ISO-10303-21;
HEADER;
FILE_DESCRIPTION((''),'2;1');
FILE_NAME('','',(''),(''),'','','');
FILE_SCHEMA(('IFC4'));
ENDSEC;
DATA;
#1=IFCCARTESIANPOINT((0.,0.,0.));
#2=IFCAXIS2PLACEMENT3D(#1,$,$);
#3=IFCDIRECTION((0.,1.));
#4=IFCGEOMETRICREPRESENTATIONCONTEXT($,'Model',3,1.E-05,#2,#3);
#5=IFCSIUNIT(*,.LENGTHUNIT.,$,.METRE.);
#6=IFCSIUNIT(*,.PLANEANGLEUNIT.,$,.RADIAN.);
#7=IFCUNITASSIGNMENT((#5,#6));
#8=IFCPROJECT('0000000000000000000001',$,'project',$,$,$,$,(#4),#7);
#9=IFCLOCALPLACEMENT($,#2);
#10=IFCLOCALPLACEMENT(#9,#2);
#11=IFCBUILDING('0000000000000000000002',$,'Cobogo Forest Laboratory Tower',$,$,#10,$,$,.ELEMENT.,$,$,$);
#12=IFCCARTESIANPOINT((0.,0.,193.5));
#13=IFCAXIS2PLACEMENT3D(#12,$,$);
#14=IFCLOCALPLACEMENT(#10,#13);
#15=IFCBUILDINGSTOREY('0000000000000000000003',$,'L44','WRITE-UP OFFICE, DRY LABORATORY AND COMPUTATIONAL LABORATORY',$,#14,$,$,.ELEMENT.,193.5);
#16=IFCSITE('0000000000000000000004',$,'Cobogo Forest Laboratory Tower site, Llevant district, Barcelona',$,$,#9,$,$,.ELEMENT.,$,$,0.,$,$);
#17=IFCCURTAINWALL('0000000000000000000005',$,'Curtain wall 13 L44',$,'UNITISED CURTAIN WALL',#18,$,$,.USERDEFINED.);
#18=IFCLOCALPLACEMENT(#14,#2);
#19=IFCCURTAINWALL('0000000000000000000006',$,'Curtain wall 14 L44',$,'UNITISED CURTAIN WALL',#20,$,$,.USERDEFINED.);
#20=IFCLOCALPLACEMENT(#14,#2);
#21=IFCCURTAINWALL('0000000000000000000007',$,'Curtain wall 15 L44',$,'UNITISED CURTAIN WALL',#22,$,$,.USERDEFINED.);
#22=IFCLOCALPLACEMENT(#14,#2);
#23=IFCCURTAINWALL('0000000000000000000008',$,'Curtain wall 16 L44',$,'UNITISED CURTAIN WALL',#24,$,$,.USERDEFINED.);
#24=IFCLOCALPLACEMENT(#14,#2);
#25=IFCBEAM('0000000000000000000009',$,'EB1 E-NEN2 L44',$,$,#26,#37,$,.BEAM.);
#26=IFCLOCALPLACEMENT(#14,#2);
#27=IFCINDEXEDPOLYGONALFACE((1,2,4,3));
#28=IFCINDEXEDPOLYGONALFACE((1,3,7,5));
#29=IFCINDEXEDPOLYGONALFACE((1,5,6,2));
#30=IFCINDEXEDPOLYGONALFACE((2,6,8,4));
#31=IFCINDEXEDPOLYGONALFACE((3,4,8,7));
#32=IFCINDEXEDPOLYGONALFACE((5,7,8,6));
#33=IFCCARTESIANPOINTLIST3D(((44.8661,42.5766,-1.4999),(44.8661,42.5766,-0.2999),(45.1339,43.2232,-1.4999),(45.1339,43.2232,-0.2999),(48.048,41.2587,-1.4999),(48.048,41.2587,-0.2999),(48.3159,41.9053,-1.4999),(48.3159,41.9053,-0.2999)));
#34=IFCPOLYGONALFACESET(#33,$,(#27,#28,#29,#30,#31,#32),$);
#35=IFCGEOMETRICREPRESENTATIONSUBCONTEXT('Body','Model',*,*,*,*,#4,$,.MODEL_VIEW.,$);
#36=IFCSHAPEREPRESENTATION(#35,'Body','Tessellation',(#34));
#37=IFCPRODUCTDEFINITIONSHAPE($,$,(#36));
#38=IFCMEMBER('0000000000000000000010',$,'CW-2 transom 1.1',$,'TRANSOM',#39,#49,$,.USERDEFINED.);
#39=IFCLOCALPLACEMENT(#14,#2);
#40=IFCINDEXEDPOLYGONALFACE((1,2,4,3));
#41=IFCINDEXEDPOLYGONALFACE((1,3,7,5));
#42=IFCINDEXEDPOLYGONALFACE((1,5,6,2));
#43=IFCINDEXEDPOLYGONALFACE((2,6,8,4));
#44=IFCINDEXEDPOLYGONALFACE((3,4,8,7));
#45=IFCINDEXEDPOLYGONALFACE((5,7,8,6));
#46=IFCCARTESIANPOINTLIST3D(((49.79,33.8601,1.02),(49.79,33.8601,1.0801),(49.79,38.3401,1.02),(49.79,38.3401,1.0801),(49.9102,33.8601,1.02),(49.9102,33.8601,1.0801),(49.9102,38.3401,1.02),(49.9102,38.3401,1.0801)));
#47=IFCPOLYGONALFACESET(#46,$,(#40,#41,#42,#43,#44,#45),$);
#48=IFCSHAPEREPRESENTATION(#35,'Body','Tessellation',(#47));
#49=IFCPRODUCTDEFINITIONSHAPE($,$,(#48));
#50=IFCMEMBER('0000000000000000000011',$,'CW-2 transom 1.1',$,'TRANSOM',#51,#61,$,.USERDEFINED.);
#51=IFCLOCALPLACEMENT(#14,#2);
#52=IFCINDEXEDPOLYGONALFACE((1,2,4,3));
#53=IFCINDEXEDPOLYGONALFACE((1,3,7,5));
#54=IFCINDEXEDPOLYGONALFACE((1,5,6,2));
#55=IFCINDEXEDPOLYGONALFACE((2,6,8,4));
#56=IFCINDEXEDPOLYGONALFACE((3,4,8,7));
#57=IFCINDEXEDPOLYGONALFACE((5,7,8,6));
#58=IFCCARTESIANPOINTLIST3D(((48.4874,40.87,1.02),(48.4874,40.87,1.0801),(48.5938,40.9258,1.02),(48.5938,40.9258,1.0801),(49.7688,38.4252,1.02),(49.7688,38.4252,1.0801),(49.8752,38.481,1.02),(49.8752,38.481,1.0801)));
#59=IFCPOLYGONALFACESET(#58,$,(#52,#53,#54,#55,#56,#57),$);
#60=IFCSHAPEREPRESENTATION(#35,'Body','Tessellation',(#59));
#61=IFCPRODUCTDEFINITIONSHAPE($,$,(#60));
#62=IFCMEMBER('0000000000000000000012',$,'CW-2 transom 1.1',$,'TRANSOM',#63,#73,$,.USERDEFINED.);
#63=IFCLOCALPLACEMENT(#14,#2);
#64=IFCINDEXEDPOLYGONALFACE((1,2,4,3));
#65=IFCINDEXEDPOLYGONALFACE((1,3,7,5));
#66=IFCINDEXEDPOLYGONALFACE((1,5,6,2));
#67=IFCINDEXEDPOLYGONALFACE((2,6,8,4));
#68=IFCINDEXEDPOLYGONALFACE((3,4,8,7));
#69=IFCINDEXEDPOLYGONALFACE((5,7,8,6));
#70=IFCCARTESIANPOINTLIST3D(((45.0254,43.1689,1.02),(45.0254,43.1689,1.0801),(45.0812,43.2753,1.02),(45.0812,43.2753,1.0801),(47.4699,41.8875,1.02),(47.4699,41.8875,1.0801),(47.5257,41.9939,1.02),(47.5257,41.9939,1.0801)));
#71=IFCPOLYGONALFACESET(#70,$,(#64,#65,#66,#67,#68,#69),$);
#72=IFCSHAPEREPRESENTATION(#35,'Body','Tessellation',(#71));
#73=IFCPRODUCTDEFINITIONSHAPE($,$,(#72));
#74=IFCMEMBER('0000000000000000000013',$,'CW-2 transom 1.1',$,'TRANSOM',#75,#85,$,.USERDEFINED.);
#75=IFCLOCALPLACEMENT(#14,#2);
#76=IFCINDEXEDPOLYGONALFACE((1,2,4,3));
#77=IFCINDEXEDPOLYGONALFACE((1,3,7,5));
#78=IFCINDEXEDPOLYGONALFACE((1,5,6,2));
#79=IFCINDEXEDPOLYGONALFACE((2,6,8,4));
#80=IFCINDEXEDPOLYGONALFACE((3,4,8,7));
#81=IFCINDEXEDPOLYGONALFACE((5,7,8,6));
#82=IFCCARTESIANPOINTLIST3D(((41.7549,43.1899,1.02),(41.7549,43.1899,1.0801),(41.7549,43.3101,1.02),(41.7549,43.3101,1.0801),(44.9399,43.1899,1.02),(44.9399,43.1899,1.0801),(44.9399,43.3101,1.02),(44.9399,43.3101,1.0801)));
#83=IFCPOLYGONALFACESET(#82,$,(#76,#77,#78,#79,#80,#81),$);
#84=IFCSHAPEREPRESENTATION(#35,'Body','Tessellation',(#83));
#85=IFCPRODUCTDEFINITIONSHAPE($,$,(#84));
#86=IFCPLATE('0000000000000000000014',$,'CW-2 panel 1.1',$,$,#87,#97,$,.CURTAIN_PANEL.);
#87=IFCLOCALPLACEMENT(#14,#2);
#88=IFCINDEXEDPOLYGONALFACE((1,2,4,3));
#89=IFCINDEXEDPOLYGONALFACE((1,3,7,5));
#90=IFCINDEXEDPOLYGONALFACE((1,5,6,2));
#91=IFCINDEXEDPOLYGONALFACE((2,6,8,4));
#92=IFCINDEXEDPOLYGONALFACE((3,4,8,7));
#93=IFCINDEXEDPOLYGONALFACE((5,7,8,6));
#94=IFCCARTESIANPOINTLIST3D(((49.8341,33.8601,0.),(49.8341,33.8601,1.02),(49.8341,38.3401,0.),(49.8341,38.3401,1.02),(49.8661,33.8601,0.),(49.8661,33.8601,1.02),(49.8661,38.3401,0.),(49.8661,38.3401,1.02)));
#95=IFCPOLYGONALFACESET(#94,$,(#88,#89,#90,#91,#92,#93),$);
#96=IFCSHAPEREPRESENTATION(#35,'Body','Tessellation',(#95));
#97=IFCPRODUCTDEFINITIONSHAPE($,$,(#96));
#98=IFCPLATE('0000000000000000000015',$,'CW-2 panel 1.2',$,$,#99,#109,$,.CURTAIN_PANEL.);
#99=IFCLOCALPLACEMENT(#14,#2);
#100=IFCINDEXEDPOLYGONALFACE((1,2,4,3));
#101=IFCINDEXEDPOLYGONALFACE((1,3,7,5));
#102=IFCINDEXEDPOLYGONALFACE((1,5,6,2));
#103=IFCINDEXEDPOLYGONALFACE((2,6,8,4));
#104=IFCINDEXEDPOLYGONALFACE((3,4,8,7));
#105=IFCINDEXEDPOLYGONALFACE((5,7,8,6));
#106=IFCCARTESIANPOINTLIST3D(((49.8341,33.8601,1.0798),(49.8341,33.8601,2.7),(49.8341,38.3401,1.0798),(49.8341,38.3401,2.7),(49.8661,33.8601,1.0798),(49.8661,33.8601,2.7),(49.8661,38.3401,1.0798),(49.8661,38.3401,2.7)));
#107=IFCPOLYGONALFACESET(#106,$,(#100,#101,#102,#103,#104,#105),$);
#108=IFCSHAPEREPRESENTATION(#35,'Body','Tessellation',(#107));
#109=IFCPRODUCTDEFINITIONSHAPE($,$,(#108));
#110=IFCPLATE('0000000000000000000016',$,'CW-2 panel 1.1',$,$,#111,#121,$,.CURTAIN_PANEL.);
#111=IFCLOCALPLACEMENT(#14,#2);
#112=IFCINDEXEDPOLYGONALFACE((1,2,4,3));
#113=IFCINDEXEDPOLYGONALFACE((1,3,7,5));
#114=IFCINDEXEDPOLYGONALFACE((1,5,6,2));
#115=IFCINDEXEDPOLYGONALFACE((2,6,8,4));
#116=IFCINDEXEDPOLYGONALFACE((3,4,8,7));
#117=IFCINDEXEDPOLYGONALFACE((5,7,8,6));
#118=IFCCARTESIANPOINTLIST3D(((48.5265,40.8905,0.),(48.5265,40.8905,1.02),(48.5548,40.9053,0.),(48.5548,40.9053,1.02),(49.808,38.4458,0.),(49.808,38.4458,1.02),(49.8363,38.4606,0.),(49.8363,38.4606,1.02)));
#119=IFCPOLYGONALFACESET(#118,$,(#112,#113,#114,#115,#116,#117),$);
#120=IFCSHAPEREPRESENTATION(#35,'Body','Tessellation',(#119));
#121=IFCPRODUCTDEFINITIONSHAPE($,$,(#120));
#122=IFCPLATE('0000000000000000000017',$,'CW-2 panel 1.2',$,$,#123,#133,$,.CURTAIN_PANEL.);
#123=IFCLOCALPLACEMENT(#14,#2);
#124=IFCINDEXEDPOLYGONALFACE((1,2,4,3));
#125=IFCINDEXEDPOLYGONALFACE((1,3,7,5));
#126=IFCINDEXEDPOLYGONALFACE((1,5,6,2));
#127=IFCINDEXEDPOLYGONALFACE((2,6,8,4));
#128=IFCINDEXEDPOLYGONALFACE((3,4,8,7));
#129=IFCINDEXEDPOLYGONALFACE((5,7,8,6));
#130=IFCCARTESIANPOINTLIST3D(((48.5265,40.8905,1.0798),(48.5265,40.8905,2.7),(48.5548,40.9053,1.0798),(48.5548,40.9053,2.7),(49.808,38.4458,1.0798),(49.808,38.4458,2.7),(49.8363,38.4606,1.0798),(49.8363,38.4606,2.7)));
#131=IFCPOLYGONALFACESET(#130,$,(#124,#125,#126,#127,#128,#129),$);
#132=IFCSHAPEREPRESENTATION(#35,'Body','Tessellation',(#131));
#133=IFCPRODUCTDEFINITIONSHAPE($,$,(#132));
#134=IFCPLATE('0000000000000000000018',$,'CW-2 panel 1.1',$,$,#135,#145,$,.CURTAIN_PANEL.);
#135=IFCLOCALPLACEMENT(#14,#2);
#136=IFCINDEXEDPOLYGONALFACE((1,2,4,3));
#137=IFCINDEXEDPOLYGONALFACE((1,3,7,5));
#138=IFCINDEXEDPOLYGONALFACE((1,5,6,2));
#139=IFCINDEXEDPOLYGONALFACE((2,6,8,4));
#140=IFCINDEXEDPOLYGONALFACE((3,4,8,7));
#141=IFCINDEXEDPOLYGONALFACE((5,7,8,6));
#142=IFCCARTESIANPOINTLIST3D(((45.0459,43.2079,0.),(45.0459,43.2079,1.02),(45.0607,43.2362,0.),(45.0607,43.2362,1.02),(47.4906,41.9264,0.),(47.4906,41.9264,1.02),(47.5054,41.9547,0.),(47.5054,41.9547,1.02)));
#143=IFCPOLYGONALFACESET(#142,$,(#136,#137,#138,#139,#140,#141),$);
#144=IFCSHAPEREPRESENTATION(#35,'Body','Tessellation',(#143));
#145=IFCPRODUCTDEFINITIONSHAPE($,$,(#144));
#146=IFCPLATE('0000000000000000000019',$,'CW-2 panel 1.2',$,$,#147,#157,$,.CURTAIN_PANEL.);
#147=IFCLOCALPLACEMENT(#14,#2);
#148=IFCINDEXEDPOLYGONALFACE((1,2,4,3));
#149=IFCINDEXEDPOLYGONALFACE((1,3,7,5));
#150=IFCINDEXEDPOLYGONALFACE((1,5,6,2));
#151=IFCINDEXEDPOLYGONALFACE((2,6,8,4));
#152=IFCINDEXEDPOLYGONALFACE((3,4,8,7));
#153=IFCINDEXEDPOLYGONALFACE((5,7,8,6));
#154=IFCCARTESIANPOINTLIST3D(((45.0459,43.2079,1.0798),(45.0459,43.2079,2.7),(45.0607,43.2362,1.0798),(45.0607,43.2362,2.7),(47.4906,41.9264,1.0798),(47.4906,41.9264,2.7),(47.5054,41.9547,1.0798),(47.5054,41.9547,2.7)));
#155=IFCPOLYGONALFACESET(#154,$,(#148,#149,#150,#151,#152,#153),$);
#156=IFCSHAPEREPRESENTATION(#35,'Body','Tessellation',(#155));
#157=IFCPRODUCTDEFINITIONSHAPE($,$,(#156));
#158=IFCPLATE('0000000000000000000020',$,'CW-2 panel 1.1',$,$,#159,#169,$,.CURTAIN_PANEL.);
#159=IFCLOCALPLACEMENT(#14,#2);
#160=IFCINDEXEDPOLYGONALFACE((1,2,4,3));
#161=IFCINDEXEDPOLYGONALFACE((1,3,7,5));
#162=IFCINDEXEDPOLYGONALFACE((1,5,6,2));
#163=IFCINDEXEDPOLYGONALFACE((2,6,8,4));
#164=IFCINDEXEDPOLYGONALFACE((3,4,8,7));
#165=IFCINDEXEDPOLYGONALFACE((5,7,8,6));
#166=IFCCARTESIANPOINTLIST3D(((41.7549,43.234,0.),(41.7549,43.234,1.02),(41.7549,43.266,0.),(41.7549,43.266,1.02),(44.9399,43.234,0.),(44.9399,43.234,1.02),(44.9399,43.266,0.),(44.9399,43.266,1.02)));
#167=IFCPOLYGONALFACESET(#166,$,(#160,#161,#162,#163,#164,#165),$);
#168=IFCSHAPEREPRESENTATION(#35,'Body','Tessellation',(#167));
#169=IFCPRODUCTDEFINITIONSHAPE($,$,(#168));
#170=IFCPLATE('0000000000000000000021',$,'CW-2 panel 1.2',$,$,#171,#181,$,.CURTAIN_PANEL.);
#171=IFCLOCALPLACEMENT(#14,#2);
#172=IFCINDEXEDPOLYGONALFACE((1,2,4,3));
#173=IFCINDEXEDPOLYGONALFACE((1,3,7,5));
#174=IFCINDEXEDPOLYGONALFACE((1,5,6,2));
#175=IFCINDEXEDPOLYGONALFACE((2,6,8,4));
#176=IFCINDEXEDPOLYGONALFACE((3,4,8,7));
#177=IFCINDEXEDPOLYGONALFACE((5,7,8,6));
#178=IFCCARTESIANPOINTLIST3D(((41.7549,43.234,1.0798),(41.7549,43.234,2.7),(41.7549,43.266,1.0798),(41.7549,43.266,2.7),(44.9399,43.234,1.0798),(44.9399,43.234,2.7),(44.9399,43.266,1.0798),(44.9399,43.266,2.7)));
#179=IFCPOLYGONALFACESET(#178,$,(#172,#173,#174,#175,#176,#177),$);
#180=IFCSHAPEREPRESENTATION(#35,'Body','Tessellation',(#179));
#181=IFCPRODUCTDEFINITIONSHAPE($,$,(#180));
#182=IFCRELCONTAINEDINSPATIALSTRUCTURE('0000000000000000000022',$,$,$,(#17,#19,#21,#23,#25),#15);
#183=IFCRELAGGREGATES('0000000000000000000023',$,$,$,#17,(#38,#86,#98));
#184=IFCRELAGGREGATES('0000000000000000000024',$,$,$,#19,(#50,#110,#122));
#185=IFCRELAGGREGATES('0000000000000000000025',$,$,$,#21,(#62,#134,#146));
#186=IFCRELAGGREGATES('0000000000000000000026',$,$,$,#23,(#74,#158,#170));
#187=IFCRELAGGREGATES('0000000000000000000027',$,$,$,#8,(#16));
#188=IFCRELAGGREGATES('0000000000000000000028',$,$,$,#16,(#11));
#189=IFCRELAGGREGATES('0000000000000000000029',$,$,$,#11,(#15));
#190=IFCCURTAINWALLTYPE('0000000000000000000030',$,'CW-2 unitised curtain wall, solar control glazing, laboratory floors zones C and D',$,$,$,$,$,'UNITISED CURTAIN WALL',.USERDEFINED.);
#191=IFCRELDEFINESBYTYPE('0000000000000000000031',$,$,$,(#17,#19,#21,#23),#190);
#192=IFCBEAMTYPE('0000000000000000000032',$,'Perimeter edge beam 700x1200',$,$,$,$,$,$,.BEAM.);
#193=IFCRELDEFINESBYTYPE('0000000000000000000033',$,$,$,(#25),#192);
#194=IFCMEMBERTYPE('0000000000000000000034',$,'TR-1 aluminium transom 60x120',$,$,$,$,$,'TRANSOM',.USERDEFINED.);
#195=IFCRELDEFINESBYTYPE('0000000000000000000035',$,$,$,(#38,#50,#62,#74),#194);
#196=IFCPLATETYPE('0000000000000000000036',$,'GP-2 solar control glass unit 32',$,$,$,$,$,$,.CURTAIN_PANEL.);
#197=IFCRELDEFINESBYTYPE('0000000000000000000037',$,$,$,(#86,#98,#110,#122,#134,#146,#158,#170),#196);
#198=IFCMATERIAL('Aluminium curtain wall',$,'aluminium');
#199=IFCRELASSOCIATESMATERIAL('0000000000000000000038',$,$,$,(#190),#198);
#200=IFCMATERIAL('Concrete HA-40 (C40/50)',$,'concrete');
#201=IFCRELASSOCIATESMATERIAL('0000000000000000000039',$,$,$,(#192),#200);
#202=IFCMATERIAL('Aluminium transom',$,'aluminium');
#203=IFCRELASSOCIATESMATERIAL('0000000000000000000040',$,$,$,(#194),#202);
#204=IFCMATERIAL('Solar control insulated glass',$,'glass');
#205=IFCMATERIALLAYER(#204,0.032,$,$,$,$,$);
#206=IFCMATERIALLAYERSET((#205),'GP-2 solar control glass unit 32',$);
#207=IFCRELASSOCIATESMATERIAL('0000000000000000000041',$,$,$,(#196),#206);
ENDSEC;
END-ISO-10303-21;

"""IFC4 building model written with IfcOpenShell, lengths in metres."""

from ifc_helpers import new_model, si_unit, direction, frame, origin, origin_2d, place, context, subcontext, project, spatial, rectangle, extrude, material, layer, layer_set, material_profile, profile_set, type_object, element, aggregate, save


model = new_model("IFC4")

# Units and contexts
model_context = context("Model", 3, precision=1e-05, world=origin(), true_north=direction((0.0, 1.0)))
body_context = subcontext(model_context, "Body", "Model", "MODEL_VIEW")
ifc_project = project(units=[si_unit("LENGTHUNIT", "METRE"), si_unit("PLANEANGLEUNIT", "RADIAN")], contexts=[model_context])

# Site, building, storey
site_placement = place(None, origin())
site = spatial("IfcSite", under=ifc_project, at=site_placement, Name="Cobogo Forest Laboratory Tower site, Llevant district, Barcelona", CompositionType="ELEMENT", RefElevation=0.0)
building_placement = place(site_placement, origin())
building = spatial("IfcBuilding", under=site, at=building_placement, Name="Cobogo Forest Laboratory Tower", CompositionType="ELEMENT")
storey_placement = place(building_placement, frame((0.0, 0.0, 193.5)))
storey = spatial("IfcBuildingStorey", under=building, at=storey_placement, Name="L44", Description="WRITE-UP OFFICE, DRY LABORATORY AND COMPUTATIONAL LABORATORY", CompositionType="ELEMENT", Elevation=193.5)

# Shared definitions
ifc_material_1 = material(Name="Concrete HA-40 (C40/50)", Category="concrete")

# Curtain walls
ifc_material_2 = material(Name="Aluminium curtain wall", Category="aluminium")
curtain_wall_type = type_object("IfcCurtainWallType", Name="CW-2 unitised curtain wall, solar control glazing, laboratory floors zones C and D", ElementType="UNITISED CURTAIN WALL", PredefinedType="USERDEFINED", material=ifc_material_2)
curtain_wall_1_placement = place(storey_placement, origin())
curtain_wall_1 = element("IfcCurtainWall", 1, at=curtain_wall_1_placement, inside=storey, type_object=curtain_wall_type, Name="Curtain wall 13 L44", ObjectType="UNITISED CURTAIN WALL", PredefinedType="USERDEFINED")
curtain_wall_2_placement = place(storey_placement, origin())
curtain_wall_2 = element("IfcCurtainWall", 2, at=curtain_wall_2_placement, inside=storey, type_object=curtain_wall_type, Name="Curtain wall 14 L44", ObjectType="UNITISED CURTAIN WALL", PredefinedType="USERDEFINED")
curtain_wall_3_placement = place(storey_placement, origin())
curtain_wall_3 = element("IfcCurtainWall", 3, at=curtain_wall_3_placement, inside=storey, type_object=curtain_wall_type, Name="Curtain wall 15 L44", ObjectType="UNITISED CURTAIN WALL", PredefinedType="USERDEFINED")

# Curtain wall
curtain_wall_4_placement = place(storey_placement, origin())
curtain_wall_4 = element("IfcCurtainWall", 4, at=curtain_wall_4_placement, inside=storey, type_object=curtain_wall_type, Name="Curtain wall 16 L44", ObjectType="UNITISED CURTAIN WALL", PredefinedType="USERDEFINED")

# Beam
ifc_material_profile_1 = material_profile(ifc_material_1, rectangle(XDim=0.7, YDim=1.2, at=origin_2d()), Name="RC 700x1200")
ifc_profile_set_1 = profile_set([ifc_material_profile_1], Name="Concrete HA-40 (C40/50)")
beam_type_1 = type_object("IfcBeamType", Name="Perimeter edge beam 700x1200", PredefinedType="BEAM", material=ifc_profile_set_1)
beam_1_placement = place(storey_placement, frame((45.0, 42.8999, -0.8999), z_axis=(0.923891, -0.382656, 0.0), x_axis=(0.382656, 0.923891, 0.0)))
element("IfcBeam", 5, at=beam_1_placement, inside=storey, type_object=beam_type_1, Name="EB1 E-NEN2 L44", PredefinedType="BEAM", context=body_context, shape_type="SweptSolid", body=[
    extrude(rectangle(XDim=0.7, YDim=1.2, at=origin_2d()), origin(), (0.0, 0.0, 1.0), 3.4441),
])

# Members
ifc_material_3 = material(Name="Aluminium transom", Category="aluminium")
ifc_material_profile_2 = material_profile(ifc_material_3, rectangle(XDim=0.1201, YDim=0.0601, at=origin_2d()), Name="AL 60x120")
ifc_profile_set_2 = profile_set([ifc_material_profile_2], Name="Aluminium transom")
member_type_1 = type_object("IfcMemberType", Name="TR-1 aluminium transom 60x120", ElementType="TRANSOM", PredefinedType="USERDEFINED", material=ifc_profile_set_2)
member_1_placement = place(storey_placement, frame((49.8501, 33.8601, 1.05), z_axis=(0.0, 1.0, 0.0), x_axis=(-1.0, 0.0, 0.0)))
member_1 = element("IfcMember", 6, at=member_1_placement, type_object=member_type_1, Name="CW-2 transom 1.1", ObjectType="TRANSOM", PredefinedType="USERDEFINED", context=body_context, shape_type="SweptSolid", body=[
    extrude(rectangle(XDim=0.1201, YDim=0.0601, at=origin_2d()), origin(), (0.0, 0.0, 1.0), 4.48),
])
member_2_placement = place(storey_placement, frame((49.822, 38.4531, 1.05), z_axis=(-0.464255, 0.885702, 0.0), x_axis=(-0.885702, -0.464255, 0.0)))
member_2 = element("IfcMember", 7, at=member_2_placement, type_object=member_type_1, Name="CW-2 transom 1.1", ObjectType="TRANSOM", PredefinedType="USERDEFINED", context=body_context, shape_type="SweptSolid", body=[
    extrude(rectangle(XDim=0.1201, YDim=0.0601, at=origin_2d()), origin(), (0.0, 0.0, 1.0), 2.7603),
])
member_3_placement = place(storey_placement, frame((47.4978, 41.9407, 1.05), z_axis=(-0.885683, 0.464291, 0.0), x_axis=(-0.464291, -0.885683, 0.0)))
member_3 = element("IfcMember", 8, at=member_3_placement, type_object=member_type_1, Name="CW-2 transom 1.1", ObjectType="TRANSOM", PredefinedType="USERDEFINED", context=body_context, shape_type="SweptSolid", body=[
    extrude(rectangle(XDim=0.1201, YDim=0.0601, at=origin_2d()), origin(), (0.0, 0.0, 1.0), 2.76),
])
member_4_placement = place(storey_placement, frame((44.9399, 43.25, 1.05), z_axis=(-1.0, 0.0, 0.0), x_axis=(0.0, -1.0, 0.0)))
member_4 = element("IfcMember", 9, at=member_4_placement, type_object=member_type_1, Name="CW-2 transom 1.1", ObjectType="TRANSOM", PredefinedType="USERDEFINED", context=body_context, shape_type="SweptSolid", body=[
    extrude(rectangle(XDim=0.1201, YDim=0.0601, at=origin_2d()), origin(), (0.0, 0.0, 1.0), 3.1851),
])

# Plates
ifc_material_4 = material(Name="Solar control insulated glass", Category="glass")
ifc_layer = layer(ifc_material_4, 0.032)
ifc_layer_set = layer_set([ifc_layer], Name="GP-2 solar control glass unit 32")
plate_type = type_object("IfcPlateType", Name="GP-2 solar control glass unit 32", PredefinedType="CURTAIN_PANEL", material=ifc_layer_set)
plate_1_placement = place(storey_placement, frame((49.8501, 36.1001, 0.0), z_axis=(0.0, 0.0, 1.0), x_axis=(0.0, 1.0, 0.0)))
plate_1 = element("IfcPlate", 10, at=plate_1_placement, type_object=plate_type, Name="CW-2 panel 1.1", PredefinedType="CURTAIN_PANEL", context=body_context, shape_type="SweptSolid", body=[
    extrude(rectangle(XDim=4.48, YDim=0.032, at=origin_2d()), origin(), (0.0, 0.0, 1.0), 1.02),
])
plate_2_placement = place(storey_placement, frame((49.8501, 36.1001, 1.0798), z_axis=(0.0, 0.0, 1.0), x_axis=(0.0, 1.0, 0.0)))
plate_2 = element("IfcPlate", 11, at=plate_2_placement, type_object=plate_type, Name="CW-2 panel 1.2", PredefinedType="CURTAIN_PANEL", context=body_context, shape_type="SweptSolid", body=[
    extrude(rectangle(XDim=4.48, YDim=0.032, at=origin_2d()), origin(), (0.0, 0.0, 1.0), 1.6201),
])
aggregate(curtain_wall_1, [member_1, plate_1, plate_2])
plate_3_placement = place(storey_placement, frame((49.1814, 39.6755, 0.0), z_axis=(0.0, 0.0, 1.0), x_axis=(-0.464284, 0.885686, 0.0)))
plate_3 = element("IfcPlate", 12, at=plate_3_placement, type_object=plate_type, Name="CW-2 panel 1.1", PredefinedType="CURTAIN_PANEL", context=body_context, shape_type="SweptSolid", body=[
    extrude(rectangle(XDim=2.7603, YDim=0.032, at=origin_2d()), origin(), (0.0, 0.0, 1.0), 1.02),
])
plate_4_placement = place(storey_placement, frame((49.1814, 39.6755, 1.0798), z_axis=(0.0, 0.0, 1.0), x_axis=(-0.464284, 0.885686, 0.0)))
plate_4 = element("IfcPlate", 13, at=plate_4_placement, type_object=plate_type, Name="CW-2 panel 1.2", PredefinedType="CURTAIN_PANEL", context=body_context, shape_type="SweptSolid", body=[
    extrude(rectangle(XDim=2.7603, YDim=0.032, at=origin_2d()), origin(), (0.0, 0.0, 1.0), 1.6201),
])
aggregate(curtain_wall_2, [member_2, plate_3, plate_4])
plate_5_placement = place(storey_placement, frame((46.2756, 42.5813, 0.0), z_axis=(0.0, 0.0, 1.0), x_axis=(-0.885686, 0.464284, 0.0)))
plate_5 = element("IfcPlate", 14, at=plate_5_placement, type_object=plate_type, Name="CW-2 panel 1.1", PredefinedType="CURTAIN_PANEL", context=body_context, shape_type="SweptSolid", body=[
    extrude(rectangle(XDim=2.7603, YDim=0.032, at=origin_2d()), origin(), (0.0, 0.0, 1.0), 1.02),
])
plate_6_placement = place(storey_placement, frame((46.2756, 42.5813, 1.0798), z_axis=(0.0, 0.0, 1.0), x_axis=(-0.885686, 0.464284, 0.0)))
plate_6 = element("IfcPlate", 15, at=plate_6_placement, type_object=plate_type, Name="CW-2 panel 1.2", PredefinedType="CURTAIN_PANEL", context=body_context, shape_type="SweptSolid", body=[
    extrude(rectangle(XDim=2.7603, YDim=0.032, at=origin_2d()), origin(), (0.0, 0.0, 1.0), 1.6201),
])
aggregate(curtain_wall_3, [member_3, plate_5, plate_6])
plate_7_placement = place(storey_placement, frame((43.3474, 43.25, 0.0), z_axis=(0.0, 0.0, 1.0), x_axis=(-1.0, 0.0, 0.0)))
plate_7 = element("IfcPlate", 16, at=plate_7_placement, type_object=plate_type, Name="CW-2 panel 1.1", PredefinedType="CURTAIN_PANEL", context=body_context, shape_type="SweptSolid", body=[
    extrude(rectangle(XDim=3.1851, YDim=0.032, at=origin_2d()), origin(), (0.0, 0.0, 1.0), 1.02),
])
plate_8_placement = place(storey_placement, frame((43.3474, 43.25, 1.0798), z_axis=(0.0, 0.0, 1.0), x_axis=(-1.0, 0.0, 0.0)))
plate_8 = element("IfcPlate", 17, at=plate_8_placement, type_object=plate_type, Name="CW-2 panel 1.2", PredefinedType="CURTAIN_PANEL", context=body_context, shape_type="SweptSolid", body=[
    extrude(rectangle(XDim=3.1851, YDim=0.032, at=origin_2d()), origin(), (0.0, 0.0, 1.0), 1.6201),
])
aggregate(curtain_wall_4, [member_4, plate_7, plate_8])

save(model, "model.ifc")
